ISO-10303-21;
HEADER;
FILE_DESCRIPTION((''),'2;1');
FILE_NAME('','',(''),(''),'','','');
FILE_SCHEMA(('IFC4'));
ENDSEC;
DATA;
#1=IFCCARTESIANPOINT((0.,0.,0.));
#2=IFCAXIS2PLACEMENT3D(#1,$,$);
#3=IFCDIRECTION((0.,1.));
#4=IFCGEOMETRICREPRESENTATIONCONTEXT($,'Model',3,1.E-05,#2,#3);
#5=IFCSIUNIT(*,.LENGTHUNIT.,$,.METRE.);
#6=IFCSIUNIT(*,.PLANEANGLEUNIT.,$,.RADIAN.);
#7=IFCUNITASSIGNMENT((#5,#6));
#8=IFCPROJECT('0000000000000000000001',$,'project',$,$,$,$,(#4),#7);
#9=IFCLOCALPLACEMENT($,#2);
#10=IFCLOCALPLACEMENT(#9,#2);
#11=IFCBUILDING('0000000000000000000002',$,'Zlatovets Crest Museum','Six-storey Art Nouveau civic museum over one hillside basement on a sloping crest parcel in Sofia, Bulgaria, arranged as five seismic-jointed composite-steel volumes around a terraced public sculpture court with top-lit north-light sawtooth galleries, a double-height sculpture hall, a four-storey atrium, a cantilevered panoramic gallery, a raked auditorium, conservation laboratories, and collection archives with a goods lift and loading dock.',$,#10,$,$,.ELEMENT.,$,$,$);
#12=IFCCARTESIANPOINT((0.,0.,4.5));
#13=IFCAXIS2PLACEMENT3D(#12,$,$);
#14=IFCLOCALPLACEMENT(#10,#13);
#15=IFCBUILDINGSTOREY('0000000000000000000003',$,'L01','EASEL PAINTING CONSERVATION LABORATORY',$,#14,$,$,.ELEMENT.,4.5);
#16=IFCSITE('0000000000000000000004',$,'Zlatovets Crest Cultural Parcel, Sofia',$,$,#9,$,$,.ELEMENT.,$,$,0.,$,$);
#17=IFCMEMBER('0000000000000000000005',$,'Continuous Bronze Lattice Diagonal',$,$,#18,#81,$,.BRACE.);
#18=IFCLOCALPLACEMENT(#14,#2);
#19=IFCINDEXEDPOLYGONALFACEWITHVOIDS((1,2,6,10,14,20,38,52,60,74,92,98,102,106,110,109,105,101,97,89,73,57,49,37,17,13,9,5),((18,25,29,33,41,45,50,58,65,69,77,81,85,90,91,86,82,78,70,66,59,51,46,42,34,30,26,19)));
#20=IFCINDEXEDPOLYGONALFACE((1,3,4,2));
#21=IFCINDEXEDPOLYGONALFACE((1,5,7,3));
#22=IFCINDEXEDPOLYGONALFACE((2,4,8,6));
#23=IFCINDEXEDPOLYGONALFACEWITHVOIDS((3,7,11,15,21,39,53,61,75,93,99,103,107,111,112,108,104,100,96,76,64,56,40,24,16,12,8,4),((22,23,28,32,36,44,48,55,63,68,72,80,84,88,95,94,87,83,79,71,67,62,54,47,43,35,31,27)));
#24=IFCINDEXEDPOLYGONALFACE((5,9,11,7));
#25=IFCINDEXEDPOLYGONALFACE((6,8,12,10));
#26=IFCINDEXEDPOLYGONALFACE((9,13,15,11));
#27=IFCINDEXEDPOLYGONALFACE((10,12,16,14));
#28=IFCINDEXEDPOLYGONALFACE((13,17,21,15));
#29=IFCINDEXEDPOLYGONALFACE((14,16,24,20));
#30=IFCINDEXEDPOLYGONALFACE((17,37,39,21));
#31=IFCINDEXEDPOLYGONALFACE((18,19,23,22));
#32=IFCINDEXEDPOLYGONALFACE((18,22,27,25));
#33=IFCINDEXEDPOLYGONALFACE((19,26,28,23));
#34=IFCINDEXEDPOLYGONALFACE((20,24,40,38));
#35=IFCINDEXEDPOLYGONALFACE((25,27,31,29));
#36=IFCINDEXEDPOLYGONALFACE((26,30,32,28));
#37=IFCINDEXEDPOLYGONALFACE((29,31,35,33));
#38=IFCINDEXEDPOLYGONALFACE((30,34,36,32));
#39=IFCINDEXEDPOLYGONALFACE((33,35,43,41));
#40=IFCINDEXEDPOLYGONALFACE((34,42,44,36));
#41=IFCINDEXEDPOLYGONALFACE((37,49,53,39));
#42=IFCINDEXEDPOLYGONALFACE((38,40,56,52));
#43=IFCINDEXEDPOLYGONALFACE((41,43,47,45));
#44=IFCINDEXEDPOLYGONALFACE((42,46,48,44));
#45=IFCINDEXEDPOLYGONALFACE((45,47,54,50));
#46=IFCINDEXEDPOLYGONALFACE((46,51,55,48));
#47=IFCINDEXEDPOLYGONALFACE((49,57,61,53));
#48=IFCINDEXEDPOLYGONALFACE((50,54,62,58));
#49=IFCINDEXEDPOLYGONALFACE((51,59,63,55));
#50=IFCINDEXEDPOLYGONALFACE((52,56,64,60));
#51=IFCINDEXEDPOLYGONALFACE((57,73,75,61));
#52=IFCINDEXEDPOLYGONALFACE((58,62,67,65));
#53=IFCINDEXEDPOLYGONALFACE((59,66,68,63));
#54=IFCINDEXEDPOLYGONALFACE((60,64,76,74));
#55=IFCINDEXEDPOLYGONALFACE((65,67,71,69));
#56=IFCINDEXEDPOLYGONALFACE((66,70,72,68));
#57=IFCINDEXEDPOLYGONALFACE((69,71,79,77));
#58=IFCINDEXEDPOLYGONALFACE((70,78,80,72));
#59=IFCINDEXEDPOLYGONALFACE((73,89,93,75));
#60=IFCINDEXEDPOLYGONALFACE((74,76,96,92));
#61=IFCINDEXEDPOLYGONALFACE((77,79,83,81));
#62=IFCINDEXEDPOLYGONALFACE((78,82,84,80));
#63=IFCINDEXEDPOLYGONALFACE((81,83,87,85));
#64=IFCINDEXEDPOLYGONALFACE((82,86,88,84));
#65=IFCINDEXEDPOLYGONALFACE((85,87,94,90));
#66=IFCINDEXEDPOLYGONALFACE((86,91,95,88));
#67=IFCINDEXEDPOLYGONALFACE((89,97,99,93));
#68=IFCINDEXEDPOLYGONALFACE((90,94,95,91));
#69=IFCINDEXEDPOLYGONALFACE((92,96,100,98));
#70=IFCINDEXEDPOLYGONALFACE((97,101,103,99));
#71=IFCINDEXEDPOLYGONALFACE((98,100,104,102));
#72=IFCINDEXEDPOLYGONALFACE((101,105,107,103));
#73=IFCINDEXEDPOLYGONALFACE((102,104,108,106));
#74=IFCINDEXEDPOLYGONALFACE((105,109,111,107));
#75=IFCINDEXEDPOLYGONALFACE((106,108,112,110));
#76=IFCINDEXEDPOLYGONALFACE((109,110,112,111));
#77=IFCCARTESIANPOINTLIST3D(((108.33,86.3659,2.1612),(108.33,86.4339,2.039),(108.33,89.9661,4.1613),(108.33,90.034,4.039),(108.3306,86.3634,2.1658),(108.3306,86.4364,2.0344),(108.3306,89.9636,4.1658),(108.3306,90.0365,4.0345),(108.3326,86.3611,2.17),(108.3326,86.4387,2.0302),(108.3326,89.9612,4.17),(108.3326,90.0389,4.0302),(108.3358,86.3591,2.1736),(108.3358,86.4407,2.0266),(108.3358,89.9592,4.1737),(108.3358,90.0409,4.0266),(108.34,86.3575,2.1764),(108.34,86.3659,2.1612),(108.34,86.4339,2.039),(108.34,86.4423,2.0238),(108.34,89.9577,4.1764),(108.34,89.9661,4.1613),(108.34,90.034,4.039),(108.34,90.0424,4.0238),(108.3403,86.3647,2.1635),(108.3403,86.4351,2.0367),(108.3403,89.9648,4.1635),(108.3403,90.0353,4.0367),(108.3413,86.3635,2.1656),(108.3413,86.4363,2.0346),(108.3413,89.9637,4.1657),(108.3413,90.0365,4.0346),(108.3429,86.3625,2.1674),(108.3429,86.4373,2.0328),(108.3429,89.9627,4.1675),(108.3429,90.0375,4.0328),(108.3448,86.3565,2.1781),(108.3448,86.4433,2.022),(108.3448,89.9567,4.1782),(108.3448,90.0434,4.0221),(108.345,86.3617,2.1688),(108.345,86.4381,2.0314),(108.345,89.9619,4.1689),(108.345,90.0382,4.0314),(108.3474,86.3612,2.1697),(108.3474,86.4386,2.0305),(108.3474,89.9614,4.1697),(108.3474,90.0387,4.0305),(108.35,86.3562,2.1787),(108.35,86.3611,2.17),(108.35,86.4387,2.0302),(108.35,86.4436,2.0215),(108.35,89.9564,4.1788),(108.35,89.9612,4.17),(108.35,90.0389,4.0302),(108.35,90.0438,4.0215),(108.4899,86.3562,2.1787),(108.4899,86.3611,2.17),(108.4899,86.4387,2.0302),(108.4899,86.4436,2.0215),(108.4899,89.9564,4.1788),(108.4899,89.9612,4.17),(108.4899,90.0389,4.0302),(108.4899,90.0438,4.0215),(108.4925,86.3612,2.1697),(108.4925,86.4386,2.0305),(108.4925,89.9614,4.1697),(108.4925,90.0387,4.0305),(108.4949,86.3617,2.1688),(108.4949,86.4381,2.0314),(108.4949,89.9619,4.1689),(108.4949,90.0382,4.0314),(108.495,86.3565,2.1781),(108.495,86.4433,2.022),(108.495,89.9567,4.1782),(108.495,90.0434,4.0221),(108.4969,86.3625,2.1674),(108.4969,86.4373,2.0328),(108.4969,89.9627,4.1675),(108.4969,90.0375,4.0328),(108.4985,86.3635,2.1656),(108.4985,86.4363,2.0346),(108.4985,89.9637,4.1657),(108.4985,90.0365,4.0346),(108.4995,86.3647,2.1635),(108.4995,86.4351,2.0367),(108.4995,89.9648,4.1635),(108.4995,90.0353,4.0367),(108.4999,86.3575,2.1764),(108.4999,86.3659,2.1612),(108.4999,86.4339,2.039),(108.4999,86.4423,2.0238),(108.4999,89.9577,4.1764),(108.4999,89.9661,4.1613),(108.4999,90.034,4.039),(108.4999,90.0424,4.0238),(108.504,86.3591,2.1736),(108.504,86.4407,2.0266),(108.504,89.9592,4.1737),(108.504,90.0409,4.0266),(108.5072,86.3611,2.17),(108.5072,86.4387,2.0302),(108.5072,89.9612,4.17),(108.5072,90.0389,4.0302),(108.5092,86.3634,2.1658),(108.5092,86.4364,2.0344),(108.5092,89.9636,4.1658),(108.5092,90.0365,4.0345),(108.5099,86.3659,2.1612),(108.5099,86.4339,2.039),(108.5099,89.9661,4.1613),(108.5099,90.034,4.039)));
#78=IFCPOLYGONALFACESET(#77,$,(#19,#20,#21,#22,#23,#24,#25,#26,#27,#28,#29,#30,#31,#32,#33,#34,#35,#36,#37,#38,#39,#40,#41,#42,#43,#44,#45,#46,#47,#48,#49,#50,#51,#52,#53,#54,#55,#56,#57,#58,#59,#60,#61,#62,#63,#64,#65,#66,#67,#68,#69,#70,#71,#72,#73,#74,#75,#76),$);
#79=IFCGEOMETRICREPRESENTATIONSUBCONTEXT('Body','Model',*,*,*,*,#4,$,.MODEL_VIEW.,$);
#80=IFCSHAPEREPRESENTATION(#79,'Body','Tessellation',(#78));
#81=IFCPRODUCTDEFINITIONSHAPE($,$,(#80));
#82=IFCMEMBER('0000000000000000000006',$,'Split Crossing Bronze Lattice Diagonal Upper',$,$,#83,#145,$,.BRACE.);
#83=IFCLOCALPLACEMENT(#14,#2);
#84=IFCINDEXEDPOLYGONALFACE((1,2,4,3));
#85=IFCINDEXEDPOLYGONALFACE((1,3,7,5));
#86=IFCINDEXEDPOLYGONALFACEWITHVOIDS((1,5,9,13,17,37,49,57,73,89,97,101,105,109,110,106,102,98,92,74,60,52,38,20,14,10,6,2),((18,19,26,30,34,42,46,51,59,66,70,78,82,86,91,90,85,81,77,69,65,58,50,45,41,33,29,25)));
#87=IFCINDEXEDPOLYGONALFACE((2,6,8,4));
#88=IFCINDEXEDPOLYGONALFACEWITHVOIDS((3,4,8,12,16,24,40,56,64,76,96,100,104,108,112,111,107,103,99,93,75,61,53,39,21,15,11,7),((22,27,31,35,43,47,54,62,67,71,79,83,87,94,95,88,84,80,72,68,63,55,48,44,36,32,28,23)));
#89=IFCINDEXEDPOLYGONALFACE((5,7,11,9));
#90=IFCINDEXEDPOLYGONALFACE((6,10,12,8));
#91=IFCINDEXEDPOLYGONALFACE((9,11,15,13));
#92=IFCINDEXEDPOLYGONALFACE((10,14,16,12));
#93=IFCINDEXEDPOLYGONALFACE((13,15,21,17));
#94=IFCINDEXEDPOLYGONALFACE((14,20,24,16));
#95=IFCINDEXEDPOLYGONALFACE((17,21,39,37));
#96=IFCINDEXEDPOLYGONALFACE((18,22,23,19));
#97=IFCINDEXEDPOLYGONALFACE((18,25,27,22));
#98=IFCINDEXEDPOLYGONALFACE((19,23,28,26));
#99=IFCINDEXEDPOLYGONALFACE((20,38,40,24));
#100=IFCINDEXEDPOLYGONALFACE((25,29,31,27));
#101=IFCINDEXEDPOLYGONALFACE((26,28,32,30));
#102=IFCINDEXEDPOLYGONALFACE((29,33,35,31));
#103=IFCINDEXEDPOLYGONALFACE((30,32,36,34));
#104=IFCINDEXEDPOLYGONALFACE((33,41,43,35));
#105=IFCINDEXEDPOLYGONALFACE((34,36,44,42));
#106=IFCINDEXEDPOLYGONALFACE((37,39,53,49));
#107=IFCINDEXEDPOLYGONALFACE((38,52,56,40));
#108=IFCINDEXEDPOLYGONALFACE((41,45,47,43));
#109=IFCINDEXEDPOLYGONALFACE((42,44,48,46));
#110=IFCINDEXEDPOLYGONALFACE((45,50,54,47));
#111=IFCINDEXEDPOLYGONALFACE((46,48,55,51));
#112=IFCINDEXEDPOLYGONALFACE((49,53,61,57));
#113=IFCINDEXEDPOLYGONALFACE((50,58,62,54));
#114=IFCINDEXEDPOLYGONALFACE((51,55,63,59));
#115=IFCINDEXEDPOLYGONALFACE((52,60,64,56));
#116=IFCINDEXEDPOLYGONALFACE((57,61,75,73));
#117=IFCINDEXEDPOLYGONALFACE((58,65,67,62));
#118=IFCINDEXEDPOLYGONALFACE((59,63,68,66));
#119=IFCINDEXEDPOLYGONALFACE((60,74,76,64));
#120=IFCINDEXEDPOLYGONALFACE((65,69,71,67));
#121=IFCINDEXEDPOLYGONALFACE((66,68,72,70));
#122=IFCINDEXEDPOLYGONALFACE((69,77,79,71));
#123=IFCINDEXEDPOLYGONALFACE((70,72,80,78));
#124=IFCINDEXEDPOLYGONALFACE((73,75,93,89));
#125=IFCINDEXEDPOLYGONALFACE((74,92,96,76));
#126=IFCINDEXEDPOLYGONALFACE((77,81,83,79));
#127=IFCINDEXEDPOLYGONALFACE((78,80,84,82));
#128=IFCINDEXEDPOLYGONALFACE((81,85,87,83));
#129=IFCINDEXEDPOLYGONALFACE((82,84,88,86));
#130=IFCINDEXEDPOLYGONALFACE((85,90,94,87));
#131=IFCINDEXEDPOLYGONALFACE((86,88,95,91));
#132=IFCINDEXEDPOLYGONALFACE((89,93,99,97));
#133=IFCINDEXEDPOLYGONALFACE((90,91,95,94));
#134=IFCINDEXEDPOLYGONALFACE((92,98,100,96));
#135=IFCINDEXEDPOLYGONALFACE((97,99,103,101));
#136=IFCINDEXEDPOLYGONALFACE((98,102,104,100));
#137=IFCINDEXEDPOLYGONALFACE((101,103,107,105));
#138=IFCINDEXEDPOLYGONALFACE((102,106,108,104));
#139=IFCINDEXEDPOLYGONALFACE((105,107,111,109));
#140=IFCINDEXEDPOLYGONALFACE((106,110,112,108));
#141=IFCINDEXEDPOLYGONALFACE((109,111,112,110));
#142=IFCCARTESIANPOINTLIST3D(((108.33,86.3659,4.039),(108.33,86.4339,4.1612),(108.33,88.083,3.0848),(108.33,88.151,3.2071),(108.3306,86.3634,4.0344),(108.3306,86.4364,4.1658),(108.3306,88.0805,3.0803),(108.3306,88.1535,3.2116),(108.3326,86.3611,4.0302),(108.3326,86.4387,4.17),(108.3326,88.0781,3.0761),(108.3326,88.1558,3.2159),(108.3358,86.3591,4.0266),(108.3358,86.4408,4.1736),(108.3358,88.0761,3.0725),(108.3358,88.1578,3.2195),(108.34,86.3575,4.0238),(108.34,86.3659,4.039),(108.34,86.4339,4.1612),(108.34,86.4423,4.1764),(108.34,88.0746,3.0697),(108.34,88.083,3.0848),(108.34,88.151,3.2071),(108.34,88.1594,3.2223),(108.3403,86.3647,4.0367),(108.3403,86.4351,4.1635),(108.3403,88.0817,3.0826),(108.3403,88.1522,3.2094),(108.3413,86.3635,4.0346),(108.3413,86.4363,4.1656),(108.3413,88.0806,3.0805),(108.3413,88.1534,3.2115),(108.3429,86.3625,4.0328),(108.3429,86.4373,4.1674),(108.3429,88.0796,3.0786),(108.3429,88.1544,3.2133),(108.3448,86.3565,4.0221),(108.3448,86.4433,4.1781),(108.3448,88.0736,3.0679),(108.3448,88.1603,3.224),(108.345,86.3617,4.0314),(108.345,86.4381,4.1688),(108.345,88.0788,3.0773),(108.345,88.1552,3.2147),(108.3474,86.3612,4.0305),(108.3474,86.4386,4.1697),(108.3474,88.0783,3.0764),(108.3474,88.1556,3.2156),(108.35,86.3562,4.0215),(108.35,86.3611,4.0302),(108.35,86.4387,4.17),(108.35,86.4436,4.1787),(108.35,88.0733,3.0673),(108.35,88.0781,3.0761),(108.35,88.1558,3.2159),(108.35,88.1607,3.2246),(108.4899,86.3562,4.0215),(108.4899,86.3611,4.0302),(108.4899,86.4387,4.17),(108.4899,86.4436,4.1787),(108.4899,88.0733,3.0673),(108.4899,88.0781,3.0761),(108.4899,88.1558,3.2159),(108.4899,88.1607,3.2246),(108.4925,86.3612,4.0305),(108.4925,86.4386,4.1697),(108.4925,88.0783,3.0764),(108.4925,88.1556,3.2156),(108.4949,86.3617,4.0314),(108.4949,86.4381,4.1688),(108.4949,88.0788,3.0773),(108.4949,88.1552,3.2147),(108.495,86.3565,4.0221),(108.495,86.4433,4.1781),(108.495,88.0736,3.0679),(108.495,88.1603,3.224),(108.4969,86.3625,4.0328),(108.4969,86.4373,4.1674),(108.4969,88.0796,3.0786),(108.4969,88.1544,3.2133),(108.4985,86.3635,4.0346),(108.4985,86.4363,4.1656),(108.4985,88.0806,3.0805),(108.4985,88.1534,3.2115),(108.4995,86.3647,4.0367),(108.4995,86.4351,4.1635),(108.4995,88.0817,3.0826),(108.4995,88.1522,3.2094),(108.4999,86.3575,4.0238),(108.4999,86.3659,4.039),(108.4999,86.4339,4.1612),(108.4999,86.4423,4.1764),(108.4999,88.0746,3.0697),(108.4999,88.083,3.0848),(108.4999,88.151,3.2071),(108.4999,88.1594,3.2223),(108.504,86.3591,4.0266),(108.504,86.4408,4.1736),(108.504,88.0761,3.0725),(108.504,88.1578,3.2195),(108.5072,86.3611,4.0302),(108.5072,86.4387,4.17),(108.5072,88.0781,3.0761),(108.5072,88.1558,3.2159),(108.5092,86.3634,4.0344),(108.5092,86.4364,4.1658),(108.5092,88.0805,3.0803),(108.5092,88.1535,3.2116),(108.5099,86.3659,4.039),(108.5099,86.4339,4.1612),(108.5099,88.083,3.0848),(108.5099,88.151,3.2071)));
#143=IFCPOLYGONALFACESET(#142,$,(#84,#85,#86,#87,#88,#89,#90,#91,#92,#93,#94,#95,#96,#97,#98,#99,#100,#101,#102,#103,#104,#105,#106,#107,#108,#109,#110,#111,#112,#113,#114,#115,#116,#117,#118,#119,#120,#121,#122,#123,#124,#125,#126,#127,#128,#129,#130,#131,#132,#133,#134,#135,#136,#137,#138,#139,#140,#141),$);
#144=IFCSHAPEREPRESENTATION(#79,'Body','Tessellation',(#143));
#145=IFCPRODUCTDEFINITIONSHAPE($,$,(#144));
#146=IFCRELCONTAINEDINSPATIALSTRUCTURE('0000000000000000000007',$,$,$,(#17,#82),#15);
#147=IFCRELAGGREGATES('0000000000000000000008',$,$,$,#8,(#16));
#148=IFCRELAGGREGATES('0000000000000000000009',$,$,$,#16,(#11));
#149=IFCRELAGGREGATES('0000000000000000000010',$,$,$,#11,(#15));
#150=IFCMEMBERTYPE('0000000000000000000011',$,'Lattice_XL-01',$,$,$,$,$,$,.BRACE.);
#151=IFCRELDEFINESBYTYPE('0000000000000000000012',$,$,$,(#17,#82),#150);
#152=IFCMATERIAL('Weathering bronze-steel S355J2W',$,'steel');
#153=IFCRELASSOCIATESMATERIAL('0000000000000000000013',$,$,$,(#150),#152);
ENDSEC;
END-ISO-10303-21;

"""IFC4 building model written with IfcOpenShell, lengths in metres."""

from ifc_helpers import new_model, si_unit, direction, frame, origin, origin_2d, place, context, subcontext, project, spatial, hollow_rectangle, extrude, material, material_profile, profile_set, type_object, element, save


model = new_model("IFC4")

# Units and contexts
model_context = context("Model", 3, precision=1e-05, world=origin(), true_north=direction((0.0, 1.0)))
body_context = subcontext(model_context, "Body", "Model", "MODEL_VIEW")
ifc_project = project(units=[si_unit("LENGTHUNIT", "METRE"), si_unit("PLANEANGLEUNIT", "RADIAN")], contexts=[model_context])

# Site, building, storey
site_placement = place(None, origin())
site = spatial("IfcSite", under=ifc_project, at=site_placement, Name="Zlatovets Crest Cultural Parcel, Sofia", CompositionType="ELEMENT", RefElevation=0.0)
building_placement = place(site_placement, origin())
building = spatial("IfcBuilding", under=site, at=building_placement, Name="Zlatovets Crest Museum", Description="Six-storey Art Nouveau civic museum over one hillside basement on a sloping crest parcel in Sofia, Bulgaria, arranged as five seismic-jointed composite-steel volumes around a terraced public sculpture court with top-lit north-light sawtooth galleries, a double-height sculpture hall, a four-storey atrium, a cantilevered panoramic gallery, a raked auditorium, conservation laboratories, and collection archives with a goods lift and loading dock.", CompositionType="ELEMENT")
storey_placement = place(building_placement, frame((0.0, 0.0, 4.5)))
storey = spatial("IfcBuildingStorey", under=building, at=storey_placement, Name="L01", Description="EASEL PAINTING CONSERVATION LABORATORY", CompositionType="ELEMENT", Elevation=4.5)

# Members
ifc_material_1 = material(Name="Weathering bronze-steel S355J2W", Category="steel")
ifc_material_profile_1 = material_profile(ifc_material_1, hollow_rectangle(XDim=0.1799, YDim=0.1799, WallThickness=0.01, InnerFilletRadius=0.01, OuterFilletRadius=0.02, at=origin_2d()), Name="SHS 180x180x10.0")
ifc_profile_set_1 = profile_set([ifc_material_profile_1], Name="Weathering bronze-steel S355J2W")
member_type_1 = type_object("IfcMemberType", Name="Lattice_XL-01", PredefinedType="BRACE", material=ifc_profile_set_1)
member_1_placement = place(storey_placement, frame((108.4199, 86.3999, 2.1001), z_axis=(0.0, 0.874163, 0.485633), x_axis=(-1.0, 0.0, 0.0)))
element("IfcMember", 1, at=member_1_placement, inside=storey, type_object=member_type_1, Name="Continuous Bronze Lattice Diagonal", PredefinedType="BRACE", context=body_context, shape_type="SweptSolid", body=[
    extrude(hollow_rectangle(XDim=0.1799, YDim=0.1799, WallThickness=0.01, InnerFilletRadius=0.01, OuterFilletRadius=0.02, at=origin_2d()), origin(), (0.0, 0.0, 1.0), 4.1184),
])
member_2_placement = place(storey_placement, frame((108.4199, 86.3999, 4.1001), z_axis=(0.0, 0.874116, -0.485717), x_axis=(-1.0, 0.0, 0.0)))
element("IfcMember", 2, at=member_2_placement, inside=storey, type_object=member_type_1, Name="Split Crossing Bronze Lattice Diagonal Upper", PredefinedType="BRACE", context=body_context, shape_type="SweptSolid", body=[
    extrude(hollow_rectangle(XDim=0.1799, YDim=0.1799, WallThickness=0.01, InnerFilletRadius=0.01, OuterFilletRadius=0.02, at=origin_2d()), origin(), (0.0, 0.0, 1.0), 1.9644),
])

save(model, "model.ifc")
